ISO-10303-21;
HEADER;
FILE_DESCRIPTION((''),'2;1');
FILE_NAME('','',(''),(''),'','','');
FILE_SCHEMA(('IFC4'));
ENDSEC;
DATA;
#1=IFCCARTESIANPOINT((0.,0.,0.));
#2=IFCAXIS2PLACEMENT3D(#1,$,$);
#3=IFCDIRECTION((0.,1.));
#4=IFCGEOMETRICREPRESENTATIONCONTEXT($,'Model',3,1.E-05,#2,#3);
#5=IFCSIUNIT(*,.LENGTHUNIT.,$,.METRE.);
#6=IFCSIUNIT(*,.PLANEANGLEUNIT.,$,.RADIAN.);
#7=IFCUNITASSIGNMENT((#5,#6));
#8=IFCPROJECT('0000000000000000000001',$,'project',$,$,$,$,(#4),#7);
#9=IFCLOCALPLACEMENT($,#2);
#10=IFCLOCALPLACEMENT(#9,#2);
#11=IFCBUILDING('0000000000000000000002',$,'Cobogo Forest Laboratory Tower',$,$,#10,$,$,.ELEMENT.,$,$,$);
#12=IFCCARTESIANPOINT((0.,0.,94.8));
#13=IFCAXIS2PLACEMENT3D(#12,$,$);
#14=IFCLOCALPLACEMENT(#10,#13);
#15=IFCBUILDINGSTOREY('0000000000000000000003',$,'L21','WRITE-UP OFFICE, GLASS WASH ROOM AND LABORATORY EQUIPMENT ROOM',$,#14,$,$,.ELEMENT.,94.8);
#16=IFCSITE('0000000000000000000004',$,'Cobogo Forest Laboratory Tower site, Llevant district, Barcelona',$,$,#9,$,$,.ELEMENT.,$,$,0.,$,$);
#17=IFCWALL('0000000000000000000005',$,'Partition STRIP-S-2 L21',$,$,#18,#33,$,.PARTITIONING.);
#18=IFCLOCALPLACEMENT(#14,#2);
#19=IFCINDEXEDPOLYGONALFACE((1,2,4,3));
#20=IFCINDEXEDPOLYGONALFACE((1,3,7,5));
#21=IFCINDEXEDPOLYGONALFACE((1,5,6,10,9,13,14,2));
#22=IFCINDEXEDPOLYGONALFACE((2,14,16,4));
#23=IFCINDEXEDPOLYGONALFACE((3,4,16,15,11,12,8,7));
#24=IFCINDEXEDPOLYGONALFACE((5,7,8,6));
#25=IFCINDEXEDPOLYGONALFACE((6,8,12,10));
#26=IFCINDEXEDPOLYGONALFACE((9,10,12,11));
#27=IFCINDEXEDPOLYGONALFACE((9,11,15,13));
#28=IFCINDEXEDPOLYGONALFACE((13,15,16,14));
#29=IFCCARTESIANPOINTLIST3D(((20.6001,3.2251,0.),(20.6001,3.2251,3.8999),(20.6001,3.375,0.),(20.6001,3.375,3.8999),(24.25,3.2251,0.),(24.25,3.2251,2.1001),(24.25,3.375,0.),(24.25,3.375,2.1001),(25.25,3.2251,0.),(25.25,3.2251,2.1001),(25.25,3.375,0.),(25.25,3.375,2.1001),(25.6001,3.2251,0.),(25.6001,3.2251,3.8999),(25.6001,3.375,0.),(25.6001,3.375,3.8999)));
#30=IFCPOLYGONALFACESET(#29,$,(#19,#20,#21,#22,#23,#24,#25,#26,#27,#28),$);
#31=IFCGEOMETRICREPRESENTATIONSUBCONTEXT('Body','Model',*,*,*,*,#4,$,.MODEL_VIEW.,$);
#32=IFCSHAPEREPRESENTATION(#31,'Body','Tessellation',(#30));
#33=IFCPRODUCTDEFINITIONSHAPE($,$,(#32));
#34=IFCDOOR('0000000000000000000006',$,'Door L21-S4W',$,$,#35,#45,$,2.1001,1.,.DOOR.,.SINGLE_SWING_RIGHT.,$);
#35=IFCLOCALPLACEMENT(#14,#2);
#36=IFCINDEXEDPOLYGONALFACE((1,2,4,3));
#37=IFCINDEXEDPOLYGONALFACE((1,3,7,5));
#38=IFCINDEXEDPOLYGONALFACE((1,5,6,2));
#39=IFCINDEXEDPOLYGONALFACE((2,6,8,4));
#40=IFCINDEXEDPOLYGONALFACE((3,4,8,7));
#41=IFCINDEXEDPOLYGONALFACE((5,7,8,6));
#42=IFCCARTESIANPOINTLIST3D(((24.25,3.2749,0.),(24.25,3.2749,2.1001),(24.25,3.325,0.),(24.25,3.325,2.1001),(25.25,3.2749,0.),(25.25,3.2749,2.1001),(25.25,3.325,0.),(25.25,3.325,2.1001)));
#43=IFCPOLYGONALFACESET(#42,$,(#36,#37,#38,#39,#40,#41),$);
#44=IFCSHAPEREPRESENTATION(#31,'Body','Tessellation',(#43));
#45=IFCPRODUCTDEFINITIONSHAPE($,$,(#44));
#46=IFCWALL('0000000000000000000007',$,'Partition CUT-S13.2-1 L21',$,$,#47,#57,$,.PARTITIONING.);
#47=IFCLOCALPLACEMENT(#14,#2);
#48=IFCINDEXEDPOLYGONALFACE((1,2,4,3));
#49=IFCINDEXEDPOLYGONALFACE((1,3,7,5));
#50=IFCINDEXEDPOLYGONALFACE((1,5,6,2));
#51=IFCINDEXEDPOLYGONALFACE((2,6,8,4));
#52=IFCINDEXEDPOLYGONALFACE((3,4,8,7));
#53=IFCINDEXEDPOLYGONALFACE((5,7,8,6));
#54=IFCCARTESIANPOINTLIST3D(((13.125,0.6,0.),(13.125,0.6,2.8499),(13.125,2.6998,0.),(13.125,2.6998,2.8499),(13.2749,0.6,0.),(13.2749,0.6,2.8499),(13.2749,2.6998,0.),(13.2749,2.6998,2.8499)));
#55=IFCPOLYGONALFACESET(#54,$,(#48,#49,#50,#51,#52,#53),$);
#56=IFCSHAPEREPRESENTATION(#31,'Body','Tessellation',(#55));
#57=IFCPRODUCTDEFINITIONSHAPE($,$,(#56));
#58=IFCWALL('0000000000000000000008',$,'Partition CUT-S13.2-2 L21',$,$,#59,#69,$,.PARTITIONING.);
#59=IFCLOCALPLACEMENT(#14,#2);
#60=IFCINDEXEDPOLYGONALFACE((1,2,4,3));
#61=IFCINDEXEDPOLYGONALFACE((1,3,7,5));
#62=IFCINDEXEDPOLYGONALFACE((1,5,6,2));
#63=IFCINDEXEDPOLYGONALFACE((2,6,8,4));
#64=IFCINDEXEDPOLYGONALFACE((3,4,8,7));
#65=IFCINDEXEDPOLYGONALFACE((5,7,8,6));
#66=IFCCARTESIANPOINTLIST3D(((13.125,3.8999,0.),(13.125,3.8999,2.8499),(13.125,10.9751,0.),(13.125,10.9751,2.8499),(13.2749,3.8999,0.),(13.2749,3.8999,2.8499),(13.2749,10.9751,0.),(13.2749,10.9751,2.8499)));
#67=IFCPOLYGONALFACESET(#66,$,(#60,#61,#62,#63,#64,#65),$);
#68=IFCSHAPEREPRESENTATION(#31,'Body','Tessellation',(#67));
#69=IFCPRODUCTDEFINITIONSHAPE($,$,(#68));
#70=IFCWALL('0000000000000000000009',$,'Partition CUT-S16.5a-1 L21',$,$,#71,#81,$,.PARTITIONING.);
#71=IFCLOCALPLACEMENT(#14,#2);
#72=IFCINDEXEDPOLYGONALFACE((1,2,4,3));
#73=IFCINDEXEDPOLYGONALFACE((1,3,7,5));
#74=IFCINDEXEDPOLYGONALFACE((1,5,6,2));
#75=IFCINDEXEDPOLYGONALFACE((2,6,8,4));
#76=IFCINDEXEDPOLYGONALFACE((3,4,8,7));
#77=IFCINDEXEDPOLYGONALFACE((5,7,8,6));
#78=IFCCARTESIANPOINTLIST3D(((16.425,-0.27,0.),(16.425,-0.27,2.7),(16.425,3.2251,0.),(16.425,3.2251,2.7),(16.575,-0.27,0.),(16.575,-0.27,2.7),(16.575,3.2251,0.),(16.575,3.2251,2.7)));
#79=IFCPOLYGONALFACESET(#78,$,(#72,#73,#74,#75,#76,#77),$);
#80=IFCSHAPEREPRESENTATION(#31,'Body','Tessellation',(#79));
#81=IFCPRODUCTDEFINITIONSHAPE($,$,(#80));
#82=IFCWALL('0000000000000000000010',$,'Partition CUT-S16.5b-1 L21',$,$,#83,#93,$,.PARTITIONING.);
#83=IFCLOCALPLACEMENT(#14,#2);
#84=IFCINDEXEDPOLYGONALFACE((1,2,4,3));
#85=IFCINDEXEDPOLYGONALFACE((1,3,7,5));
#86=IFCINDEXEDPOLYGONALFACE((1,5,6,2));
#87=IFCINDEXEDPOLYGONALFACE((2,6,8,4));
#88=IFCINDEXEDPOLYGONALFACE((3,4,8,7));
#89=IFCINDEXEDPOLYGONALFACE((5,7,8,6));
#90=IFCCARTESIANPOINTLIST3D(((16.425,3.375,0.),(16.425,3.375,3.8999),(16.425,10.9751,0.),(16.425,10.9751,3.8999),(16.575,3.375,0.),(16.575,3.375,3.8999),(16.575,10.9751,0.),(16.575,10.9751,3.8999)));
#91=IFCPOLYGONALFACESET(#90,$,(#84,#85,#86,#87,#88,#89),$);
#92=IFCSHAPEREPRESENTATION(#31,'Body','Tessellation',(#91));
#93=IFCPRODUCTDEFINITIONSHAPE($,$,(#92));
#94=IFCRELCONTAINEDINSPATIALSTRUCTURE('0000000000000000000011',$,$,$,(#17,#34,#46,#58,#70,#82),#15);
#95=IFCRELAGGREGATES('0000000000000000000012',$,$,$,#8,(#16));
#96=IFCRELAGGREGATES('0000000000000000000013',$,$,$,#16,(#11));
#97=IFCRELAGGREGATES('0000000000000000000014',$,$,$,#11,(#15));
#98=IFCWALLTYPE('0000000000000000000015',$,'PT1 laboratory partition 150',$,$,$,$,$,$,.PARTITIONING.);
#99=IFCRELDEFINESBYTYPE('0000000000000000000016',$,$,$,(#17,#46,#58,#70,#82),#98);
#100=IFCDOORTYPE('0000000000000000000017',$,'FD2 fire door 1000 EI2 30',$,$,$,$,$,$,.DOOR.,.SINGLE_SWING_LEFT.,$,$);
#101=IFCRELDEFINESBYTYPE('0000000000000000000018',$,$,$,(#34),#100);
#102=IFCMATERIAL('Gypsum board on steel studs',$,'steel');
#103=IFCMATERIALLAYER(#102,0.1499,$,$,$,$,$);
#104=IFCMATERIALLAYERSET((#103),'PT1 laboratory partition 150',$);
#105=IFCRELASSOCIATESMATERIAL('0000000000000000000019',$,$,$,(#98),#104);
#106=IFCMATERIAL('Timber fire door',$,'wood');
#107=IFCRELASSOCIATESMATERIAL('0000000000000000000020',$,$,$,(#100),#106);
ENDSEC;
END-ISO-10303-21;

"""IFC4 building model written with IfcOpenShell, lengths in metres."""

from ifc_helpers import new_model, si_unit, direction, frame, frame_2d, origin, place, context, subcontext, project, spatial, rectangle, extrude, material, layer, layer_set, type_object, element, fill, save


model = new_model("IFC4")

# Units and contexts
model_context = context("Model", 3, precision=1e-05, world=origin(), true_north=direction((0.0, 1.0)))
body_context = subcontext(model_context, "Body", "Model", "MODEL_VIEW")
ifc_project = project(units=[si_unit("LENGTHUNIT", "METRE"), si_unit("PLANEANGLEUNIT", "RADIAN")], contexts=[model_context])

# Site, building, storey
site_placement = place(None, origin())
site = spatial("IfcSite", under=ifc_project, at=site_placement, Name="Cobogo Forest Laboratory Tower site, Llevant district, Barcelona", CompositionType="ELEMENT", RefElevation=0.0)
building_placement = place(site_placement, origin())
building = spatial("IfcBuilding", under=site, at=building_placement, Name="Cobogo Forest Laboratory Tower", CompositionType="ELEMENT")
storey_placement = place(building_placement, frame((0.0, 0.0, 94.8)))
storey = spatial("IfcBuildingStorey", under=building, at=storey_placement, Name="L21", Description="WRITE-UP OFFICE, GLASS WASH ROOM AND LABORATORY EQUIPMENT ROOM", CompositionType="ELEMENT", Elevation=94.8)

# Shared definitions
ifc_material_1 = material(Name="Gypsum board on steel studs", Category="steel")
ifc_layer_1 = layer(ifc_material_1, 0.1499)
ifc_layer_set_1 = layer_set([ifc_layer_1], Name="PT1 laboratory partition 150")
wall_type_1 = type_object("IfcWallType", Name="PT1 laboratory partition 150", PredefinedType="PARTITIONING", material=ifc_layer_set_1)

# Shared definitions
ifc_material_2 = material(Name="Timber fire door", Category="wood")
door_type_1 = type_object("IfcDoorType", Name="FD2 fire door 1000 EI2 30", OperationType="SINGLE_SWING_LEFT", PredefinedType="DOOR", material=ifc_material_2)

# Wall, opening, door
wall_1_placement = place(storey_placement, frame((20.6001, 3.3, 0.0), z_axis=(0.0, 0.0, 1.0), x_axis=(1.0, 0.0, 0.0)))
wall_1 = element("IfcWall", 1, at=wall_1_placement, inside=storey, type_object=wall_type_1, Name="Partition STRIP-S-2 L21", PredefinedType="PARTITIONING", context=body_context, shape_type="SweptSolid", body=[
    extrude(rectangle(XDim=5.0, YDim=0.1499, at=frame_2d((2.5, 0.0))), origin(), (0.0, 0.0, 1.0), 3.8999),
])
opening_1_placement = place(wall_1_placement, frame((3.6499, 0.0, 0.0)))
opening_1 = element("IfcOpeningElement", 2, at=opening_1_placement, cuts=wall_1, PredefinedType="OPENING", context=body_context, shape_type="SweptSolid", body=[
    extrude(rectangle(XDim=1.0, YDim=2.1001, at=frame_2d((0.5, 1.05))), frame((0.0, 0.085, 0.0), z_axis=(0.0, -1.0, 0.0), x_axis=(1.0, 0.0, 0.0)), (0.0, 0.0, 1.0), 0.1699),
])
door_1_placement = place(opening_1_placement, origin())
door_1 = element("IfcDoor", 3, at=door_1_placement, inside=storey, type_object=door_type_1, Name="Door L21-S4W", OperationType="SINGLE_SWING_RIGHT", OverallHeight=2.1001, OverallWidth=1.0, PredefinedType="DOOR", context=body_context, shape_type="SweptSolid", body=[
    extrude(rectangle(XDim=1.0, YDim=2.1001, at=frame_2d((0.5, 1.05))), frame((0.0, 0.0249, 0.0), z_axis=(0.0, -1.0, 0.0), x_axis=(1.0, 0.0, 0.0)), (0.0, 0.0, 1.0), 0.05),
])
fill(opening_1, door_1)

# Walls
wall_2_placement = place(storey_placement, frame((13.2, 0.6001, 0.0), z_axis=(0.0, 0.0, 1.0), x_axis=(0.0, 1.0, 0.0)))
element("IfcWall", 4, at=wall_2_placement, inside=storey, type_object=wall_type_1, Name="Partition CUT-S13.2-1 L21", PredefinedType="PARTITIONING", context=body_context, shape_type="SweptSolid", body=[
    extrude(rectangle(XDim=2.0999, YDim=0.1499, at=frame_2d((1.0498, 0.0))), origin(), (0.0, 0.0, 1.0), 2.8499),
])
wall_3_placement = place(storey_placement, frame((13.2, 3.8999, 0.0), z_axis=(0.0, 0.0, 1.0), x_axis=(0.0, 1.0, 0.0)))
element("IfcWall", 5, at=wall_3_placement, inside=storey, type_object=wall_type_1, Name="Partition CUT-S13.2-2 L21", PredefinedType="PARTITIONING", context=body_context, shape_type="SweptSolid", body=[
    extrude(rectangle(XDim=7.0752, YDim=0.1499, at=frame_2d((3.5376, 0.0))), origin(), (0.0, 0.0, 1.0), 2.8499),
])
wall_4_placement = place(storey_placement, frame((16.5, -0.27, 0.0), z_axis=(0.0, 0.0, 1.0), x_axis=(0.0, 1.0, 0.0)))
element("IfcWall", 6, at=wall_4_placement, inside=storey, type_object=wall_type_1, Name="Partition CUT-S16.5a-1 L21", PredefinedType="PARTITIONING", context=body_context, shape_type="SweptSolid", body=[
    extrude(rectangle(XDim=3.4951, YDim=0.1499, at=frame_2d((1.7476, 0.0))), origin(), (0.0, 0.0, 1.0), 2.7),
])
wall_5_placement = place(storey_placement, frame((16.5, 3.375, 0.0), z_axis=(0.0, 0.0, 1.0), x_axis=(0.0, 1.0, 0.0)))
element("IfcWall", 7, at=wall_5_placement, inside=storey, type_object=wall_type_1, Name="Partition CUT-S16.5b-1 L21", PredefinedType="PARTITIONING", context=body_context, shape_type="SweptSolid", body=[
    extrude(rectangle(XDim=7.6001, YDim=0.1499, at=frame_2d((3.8, 0.0))), origin(), (0.0, 0.0, 1.0), 3.8999),
])

save(model, "model.ifc")
